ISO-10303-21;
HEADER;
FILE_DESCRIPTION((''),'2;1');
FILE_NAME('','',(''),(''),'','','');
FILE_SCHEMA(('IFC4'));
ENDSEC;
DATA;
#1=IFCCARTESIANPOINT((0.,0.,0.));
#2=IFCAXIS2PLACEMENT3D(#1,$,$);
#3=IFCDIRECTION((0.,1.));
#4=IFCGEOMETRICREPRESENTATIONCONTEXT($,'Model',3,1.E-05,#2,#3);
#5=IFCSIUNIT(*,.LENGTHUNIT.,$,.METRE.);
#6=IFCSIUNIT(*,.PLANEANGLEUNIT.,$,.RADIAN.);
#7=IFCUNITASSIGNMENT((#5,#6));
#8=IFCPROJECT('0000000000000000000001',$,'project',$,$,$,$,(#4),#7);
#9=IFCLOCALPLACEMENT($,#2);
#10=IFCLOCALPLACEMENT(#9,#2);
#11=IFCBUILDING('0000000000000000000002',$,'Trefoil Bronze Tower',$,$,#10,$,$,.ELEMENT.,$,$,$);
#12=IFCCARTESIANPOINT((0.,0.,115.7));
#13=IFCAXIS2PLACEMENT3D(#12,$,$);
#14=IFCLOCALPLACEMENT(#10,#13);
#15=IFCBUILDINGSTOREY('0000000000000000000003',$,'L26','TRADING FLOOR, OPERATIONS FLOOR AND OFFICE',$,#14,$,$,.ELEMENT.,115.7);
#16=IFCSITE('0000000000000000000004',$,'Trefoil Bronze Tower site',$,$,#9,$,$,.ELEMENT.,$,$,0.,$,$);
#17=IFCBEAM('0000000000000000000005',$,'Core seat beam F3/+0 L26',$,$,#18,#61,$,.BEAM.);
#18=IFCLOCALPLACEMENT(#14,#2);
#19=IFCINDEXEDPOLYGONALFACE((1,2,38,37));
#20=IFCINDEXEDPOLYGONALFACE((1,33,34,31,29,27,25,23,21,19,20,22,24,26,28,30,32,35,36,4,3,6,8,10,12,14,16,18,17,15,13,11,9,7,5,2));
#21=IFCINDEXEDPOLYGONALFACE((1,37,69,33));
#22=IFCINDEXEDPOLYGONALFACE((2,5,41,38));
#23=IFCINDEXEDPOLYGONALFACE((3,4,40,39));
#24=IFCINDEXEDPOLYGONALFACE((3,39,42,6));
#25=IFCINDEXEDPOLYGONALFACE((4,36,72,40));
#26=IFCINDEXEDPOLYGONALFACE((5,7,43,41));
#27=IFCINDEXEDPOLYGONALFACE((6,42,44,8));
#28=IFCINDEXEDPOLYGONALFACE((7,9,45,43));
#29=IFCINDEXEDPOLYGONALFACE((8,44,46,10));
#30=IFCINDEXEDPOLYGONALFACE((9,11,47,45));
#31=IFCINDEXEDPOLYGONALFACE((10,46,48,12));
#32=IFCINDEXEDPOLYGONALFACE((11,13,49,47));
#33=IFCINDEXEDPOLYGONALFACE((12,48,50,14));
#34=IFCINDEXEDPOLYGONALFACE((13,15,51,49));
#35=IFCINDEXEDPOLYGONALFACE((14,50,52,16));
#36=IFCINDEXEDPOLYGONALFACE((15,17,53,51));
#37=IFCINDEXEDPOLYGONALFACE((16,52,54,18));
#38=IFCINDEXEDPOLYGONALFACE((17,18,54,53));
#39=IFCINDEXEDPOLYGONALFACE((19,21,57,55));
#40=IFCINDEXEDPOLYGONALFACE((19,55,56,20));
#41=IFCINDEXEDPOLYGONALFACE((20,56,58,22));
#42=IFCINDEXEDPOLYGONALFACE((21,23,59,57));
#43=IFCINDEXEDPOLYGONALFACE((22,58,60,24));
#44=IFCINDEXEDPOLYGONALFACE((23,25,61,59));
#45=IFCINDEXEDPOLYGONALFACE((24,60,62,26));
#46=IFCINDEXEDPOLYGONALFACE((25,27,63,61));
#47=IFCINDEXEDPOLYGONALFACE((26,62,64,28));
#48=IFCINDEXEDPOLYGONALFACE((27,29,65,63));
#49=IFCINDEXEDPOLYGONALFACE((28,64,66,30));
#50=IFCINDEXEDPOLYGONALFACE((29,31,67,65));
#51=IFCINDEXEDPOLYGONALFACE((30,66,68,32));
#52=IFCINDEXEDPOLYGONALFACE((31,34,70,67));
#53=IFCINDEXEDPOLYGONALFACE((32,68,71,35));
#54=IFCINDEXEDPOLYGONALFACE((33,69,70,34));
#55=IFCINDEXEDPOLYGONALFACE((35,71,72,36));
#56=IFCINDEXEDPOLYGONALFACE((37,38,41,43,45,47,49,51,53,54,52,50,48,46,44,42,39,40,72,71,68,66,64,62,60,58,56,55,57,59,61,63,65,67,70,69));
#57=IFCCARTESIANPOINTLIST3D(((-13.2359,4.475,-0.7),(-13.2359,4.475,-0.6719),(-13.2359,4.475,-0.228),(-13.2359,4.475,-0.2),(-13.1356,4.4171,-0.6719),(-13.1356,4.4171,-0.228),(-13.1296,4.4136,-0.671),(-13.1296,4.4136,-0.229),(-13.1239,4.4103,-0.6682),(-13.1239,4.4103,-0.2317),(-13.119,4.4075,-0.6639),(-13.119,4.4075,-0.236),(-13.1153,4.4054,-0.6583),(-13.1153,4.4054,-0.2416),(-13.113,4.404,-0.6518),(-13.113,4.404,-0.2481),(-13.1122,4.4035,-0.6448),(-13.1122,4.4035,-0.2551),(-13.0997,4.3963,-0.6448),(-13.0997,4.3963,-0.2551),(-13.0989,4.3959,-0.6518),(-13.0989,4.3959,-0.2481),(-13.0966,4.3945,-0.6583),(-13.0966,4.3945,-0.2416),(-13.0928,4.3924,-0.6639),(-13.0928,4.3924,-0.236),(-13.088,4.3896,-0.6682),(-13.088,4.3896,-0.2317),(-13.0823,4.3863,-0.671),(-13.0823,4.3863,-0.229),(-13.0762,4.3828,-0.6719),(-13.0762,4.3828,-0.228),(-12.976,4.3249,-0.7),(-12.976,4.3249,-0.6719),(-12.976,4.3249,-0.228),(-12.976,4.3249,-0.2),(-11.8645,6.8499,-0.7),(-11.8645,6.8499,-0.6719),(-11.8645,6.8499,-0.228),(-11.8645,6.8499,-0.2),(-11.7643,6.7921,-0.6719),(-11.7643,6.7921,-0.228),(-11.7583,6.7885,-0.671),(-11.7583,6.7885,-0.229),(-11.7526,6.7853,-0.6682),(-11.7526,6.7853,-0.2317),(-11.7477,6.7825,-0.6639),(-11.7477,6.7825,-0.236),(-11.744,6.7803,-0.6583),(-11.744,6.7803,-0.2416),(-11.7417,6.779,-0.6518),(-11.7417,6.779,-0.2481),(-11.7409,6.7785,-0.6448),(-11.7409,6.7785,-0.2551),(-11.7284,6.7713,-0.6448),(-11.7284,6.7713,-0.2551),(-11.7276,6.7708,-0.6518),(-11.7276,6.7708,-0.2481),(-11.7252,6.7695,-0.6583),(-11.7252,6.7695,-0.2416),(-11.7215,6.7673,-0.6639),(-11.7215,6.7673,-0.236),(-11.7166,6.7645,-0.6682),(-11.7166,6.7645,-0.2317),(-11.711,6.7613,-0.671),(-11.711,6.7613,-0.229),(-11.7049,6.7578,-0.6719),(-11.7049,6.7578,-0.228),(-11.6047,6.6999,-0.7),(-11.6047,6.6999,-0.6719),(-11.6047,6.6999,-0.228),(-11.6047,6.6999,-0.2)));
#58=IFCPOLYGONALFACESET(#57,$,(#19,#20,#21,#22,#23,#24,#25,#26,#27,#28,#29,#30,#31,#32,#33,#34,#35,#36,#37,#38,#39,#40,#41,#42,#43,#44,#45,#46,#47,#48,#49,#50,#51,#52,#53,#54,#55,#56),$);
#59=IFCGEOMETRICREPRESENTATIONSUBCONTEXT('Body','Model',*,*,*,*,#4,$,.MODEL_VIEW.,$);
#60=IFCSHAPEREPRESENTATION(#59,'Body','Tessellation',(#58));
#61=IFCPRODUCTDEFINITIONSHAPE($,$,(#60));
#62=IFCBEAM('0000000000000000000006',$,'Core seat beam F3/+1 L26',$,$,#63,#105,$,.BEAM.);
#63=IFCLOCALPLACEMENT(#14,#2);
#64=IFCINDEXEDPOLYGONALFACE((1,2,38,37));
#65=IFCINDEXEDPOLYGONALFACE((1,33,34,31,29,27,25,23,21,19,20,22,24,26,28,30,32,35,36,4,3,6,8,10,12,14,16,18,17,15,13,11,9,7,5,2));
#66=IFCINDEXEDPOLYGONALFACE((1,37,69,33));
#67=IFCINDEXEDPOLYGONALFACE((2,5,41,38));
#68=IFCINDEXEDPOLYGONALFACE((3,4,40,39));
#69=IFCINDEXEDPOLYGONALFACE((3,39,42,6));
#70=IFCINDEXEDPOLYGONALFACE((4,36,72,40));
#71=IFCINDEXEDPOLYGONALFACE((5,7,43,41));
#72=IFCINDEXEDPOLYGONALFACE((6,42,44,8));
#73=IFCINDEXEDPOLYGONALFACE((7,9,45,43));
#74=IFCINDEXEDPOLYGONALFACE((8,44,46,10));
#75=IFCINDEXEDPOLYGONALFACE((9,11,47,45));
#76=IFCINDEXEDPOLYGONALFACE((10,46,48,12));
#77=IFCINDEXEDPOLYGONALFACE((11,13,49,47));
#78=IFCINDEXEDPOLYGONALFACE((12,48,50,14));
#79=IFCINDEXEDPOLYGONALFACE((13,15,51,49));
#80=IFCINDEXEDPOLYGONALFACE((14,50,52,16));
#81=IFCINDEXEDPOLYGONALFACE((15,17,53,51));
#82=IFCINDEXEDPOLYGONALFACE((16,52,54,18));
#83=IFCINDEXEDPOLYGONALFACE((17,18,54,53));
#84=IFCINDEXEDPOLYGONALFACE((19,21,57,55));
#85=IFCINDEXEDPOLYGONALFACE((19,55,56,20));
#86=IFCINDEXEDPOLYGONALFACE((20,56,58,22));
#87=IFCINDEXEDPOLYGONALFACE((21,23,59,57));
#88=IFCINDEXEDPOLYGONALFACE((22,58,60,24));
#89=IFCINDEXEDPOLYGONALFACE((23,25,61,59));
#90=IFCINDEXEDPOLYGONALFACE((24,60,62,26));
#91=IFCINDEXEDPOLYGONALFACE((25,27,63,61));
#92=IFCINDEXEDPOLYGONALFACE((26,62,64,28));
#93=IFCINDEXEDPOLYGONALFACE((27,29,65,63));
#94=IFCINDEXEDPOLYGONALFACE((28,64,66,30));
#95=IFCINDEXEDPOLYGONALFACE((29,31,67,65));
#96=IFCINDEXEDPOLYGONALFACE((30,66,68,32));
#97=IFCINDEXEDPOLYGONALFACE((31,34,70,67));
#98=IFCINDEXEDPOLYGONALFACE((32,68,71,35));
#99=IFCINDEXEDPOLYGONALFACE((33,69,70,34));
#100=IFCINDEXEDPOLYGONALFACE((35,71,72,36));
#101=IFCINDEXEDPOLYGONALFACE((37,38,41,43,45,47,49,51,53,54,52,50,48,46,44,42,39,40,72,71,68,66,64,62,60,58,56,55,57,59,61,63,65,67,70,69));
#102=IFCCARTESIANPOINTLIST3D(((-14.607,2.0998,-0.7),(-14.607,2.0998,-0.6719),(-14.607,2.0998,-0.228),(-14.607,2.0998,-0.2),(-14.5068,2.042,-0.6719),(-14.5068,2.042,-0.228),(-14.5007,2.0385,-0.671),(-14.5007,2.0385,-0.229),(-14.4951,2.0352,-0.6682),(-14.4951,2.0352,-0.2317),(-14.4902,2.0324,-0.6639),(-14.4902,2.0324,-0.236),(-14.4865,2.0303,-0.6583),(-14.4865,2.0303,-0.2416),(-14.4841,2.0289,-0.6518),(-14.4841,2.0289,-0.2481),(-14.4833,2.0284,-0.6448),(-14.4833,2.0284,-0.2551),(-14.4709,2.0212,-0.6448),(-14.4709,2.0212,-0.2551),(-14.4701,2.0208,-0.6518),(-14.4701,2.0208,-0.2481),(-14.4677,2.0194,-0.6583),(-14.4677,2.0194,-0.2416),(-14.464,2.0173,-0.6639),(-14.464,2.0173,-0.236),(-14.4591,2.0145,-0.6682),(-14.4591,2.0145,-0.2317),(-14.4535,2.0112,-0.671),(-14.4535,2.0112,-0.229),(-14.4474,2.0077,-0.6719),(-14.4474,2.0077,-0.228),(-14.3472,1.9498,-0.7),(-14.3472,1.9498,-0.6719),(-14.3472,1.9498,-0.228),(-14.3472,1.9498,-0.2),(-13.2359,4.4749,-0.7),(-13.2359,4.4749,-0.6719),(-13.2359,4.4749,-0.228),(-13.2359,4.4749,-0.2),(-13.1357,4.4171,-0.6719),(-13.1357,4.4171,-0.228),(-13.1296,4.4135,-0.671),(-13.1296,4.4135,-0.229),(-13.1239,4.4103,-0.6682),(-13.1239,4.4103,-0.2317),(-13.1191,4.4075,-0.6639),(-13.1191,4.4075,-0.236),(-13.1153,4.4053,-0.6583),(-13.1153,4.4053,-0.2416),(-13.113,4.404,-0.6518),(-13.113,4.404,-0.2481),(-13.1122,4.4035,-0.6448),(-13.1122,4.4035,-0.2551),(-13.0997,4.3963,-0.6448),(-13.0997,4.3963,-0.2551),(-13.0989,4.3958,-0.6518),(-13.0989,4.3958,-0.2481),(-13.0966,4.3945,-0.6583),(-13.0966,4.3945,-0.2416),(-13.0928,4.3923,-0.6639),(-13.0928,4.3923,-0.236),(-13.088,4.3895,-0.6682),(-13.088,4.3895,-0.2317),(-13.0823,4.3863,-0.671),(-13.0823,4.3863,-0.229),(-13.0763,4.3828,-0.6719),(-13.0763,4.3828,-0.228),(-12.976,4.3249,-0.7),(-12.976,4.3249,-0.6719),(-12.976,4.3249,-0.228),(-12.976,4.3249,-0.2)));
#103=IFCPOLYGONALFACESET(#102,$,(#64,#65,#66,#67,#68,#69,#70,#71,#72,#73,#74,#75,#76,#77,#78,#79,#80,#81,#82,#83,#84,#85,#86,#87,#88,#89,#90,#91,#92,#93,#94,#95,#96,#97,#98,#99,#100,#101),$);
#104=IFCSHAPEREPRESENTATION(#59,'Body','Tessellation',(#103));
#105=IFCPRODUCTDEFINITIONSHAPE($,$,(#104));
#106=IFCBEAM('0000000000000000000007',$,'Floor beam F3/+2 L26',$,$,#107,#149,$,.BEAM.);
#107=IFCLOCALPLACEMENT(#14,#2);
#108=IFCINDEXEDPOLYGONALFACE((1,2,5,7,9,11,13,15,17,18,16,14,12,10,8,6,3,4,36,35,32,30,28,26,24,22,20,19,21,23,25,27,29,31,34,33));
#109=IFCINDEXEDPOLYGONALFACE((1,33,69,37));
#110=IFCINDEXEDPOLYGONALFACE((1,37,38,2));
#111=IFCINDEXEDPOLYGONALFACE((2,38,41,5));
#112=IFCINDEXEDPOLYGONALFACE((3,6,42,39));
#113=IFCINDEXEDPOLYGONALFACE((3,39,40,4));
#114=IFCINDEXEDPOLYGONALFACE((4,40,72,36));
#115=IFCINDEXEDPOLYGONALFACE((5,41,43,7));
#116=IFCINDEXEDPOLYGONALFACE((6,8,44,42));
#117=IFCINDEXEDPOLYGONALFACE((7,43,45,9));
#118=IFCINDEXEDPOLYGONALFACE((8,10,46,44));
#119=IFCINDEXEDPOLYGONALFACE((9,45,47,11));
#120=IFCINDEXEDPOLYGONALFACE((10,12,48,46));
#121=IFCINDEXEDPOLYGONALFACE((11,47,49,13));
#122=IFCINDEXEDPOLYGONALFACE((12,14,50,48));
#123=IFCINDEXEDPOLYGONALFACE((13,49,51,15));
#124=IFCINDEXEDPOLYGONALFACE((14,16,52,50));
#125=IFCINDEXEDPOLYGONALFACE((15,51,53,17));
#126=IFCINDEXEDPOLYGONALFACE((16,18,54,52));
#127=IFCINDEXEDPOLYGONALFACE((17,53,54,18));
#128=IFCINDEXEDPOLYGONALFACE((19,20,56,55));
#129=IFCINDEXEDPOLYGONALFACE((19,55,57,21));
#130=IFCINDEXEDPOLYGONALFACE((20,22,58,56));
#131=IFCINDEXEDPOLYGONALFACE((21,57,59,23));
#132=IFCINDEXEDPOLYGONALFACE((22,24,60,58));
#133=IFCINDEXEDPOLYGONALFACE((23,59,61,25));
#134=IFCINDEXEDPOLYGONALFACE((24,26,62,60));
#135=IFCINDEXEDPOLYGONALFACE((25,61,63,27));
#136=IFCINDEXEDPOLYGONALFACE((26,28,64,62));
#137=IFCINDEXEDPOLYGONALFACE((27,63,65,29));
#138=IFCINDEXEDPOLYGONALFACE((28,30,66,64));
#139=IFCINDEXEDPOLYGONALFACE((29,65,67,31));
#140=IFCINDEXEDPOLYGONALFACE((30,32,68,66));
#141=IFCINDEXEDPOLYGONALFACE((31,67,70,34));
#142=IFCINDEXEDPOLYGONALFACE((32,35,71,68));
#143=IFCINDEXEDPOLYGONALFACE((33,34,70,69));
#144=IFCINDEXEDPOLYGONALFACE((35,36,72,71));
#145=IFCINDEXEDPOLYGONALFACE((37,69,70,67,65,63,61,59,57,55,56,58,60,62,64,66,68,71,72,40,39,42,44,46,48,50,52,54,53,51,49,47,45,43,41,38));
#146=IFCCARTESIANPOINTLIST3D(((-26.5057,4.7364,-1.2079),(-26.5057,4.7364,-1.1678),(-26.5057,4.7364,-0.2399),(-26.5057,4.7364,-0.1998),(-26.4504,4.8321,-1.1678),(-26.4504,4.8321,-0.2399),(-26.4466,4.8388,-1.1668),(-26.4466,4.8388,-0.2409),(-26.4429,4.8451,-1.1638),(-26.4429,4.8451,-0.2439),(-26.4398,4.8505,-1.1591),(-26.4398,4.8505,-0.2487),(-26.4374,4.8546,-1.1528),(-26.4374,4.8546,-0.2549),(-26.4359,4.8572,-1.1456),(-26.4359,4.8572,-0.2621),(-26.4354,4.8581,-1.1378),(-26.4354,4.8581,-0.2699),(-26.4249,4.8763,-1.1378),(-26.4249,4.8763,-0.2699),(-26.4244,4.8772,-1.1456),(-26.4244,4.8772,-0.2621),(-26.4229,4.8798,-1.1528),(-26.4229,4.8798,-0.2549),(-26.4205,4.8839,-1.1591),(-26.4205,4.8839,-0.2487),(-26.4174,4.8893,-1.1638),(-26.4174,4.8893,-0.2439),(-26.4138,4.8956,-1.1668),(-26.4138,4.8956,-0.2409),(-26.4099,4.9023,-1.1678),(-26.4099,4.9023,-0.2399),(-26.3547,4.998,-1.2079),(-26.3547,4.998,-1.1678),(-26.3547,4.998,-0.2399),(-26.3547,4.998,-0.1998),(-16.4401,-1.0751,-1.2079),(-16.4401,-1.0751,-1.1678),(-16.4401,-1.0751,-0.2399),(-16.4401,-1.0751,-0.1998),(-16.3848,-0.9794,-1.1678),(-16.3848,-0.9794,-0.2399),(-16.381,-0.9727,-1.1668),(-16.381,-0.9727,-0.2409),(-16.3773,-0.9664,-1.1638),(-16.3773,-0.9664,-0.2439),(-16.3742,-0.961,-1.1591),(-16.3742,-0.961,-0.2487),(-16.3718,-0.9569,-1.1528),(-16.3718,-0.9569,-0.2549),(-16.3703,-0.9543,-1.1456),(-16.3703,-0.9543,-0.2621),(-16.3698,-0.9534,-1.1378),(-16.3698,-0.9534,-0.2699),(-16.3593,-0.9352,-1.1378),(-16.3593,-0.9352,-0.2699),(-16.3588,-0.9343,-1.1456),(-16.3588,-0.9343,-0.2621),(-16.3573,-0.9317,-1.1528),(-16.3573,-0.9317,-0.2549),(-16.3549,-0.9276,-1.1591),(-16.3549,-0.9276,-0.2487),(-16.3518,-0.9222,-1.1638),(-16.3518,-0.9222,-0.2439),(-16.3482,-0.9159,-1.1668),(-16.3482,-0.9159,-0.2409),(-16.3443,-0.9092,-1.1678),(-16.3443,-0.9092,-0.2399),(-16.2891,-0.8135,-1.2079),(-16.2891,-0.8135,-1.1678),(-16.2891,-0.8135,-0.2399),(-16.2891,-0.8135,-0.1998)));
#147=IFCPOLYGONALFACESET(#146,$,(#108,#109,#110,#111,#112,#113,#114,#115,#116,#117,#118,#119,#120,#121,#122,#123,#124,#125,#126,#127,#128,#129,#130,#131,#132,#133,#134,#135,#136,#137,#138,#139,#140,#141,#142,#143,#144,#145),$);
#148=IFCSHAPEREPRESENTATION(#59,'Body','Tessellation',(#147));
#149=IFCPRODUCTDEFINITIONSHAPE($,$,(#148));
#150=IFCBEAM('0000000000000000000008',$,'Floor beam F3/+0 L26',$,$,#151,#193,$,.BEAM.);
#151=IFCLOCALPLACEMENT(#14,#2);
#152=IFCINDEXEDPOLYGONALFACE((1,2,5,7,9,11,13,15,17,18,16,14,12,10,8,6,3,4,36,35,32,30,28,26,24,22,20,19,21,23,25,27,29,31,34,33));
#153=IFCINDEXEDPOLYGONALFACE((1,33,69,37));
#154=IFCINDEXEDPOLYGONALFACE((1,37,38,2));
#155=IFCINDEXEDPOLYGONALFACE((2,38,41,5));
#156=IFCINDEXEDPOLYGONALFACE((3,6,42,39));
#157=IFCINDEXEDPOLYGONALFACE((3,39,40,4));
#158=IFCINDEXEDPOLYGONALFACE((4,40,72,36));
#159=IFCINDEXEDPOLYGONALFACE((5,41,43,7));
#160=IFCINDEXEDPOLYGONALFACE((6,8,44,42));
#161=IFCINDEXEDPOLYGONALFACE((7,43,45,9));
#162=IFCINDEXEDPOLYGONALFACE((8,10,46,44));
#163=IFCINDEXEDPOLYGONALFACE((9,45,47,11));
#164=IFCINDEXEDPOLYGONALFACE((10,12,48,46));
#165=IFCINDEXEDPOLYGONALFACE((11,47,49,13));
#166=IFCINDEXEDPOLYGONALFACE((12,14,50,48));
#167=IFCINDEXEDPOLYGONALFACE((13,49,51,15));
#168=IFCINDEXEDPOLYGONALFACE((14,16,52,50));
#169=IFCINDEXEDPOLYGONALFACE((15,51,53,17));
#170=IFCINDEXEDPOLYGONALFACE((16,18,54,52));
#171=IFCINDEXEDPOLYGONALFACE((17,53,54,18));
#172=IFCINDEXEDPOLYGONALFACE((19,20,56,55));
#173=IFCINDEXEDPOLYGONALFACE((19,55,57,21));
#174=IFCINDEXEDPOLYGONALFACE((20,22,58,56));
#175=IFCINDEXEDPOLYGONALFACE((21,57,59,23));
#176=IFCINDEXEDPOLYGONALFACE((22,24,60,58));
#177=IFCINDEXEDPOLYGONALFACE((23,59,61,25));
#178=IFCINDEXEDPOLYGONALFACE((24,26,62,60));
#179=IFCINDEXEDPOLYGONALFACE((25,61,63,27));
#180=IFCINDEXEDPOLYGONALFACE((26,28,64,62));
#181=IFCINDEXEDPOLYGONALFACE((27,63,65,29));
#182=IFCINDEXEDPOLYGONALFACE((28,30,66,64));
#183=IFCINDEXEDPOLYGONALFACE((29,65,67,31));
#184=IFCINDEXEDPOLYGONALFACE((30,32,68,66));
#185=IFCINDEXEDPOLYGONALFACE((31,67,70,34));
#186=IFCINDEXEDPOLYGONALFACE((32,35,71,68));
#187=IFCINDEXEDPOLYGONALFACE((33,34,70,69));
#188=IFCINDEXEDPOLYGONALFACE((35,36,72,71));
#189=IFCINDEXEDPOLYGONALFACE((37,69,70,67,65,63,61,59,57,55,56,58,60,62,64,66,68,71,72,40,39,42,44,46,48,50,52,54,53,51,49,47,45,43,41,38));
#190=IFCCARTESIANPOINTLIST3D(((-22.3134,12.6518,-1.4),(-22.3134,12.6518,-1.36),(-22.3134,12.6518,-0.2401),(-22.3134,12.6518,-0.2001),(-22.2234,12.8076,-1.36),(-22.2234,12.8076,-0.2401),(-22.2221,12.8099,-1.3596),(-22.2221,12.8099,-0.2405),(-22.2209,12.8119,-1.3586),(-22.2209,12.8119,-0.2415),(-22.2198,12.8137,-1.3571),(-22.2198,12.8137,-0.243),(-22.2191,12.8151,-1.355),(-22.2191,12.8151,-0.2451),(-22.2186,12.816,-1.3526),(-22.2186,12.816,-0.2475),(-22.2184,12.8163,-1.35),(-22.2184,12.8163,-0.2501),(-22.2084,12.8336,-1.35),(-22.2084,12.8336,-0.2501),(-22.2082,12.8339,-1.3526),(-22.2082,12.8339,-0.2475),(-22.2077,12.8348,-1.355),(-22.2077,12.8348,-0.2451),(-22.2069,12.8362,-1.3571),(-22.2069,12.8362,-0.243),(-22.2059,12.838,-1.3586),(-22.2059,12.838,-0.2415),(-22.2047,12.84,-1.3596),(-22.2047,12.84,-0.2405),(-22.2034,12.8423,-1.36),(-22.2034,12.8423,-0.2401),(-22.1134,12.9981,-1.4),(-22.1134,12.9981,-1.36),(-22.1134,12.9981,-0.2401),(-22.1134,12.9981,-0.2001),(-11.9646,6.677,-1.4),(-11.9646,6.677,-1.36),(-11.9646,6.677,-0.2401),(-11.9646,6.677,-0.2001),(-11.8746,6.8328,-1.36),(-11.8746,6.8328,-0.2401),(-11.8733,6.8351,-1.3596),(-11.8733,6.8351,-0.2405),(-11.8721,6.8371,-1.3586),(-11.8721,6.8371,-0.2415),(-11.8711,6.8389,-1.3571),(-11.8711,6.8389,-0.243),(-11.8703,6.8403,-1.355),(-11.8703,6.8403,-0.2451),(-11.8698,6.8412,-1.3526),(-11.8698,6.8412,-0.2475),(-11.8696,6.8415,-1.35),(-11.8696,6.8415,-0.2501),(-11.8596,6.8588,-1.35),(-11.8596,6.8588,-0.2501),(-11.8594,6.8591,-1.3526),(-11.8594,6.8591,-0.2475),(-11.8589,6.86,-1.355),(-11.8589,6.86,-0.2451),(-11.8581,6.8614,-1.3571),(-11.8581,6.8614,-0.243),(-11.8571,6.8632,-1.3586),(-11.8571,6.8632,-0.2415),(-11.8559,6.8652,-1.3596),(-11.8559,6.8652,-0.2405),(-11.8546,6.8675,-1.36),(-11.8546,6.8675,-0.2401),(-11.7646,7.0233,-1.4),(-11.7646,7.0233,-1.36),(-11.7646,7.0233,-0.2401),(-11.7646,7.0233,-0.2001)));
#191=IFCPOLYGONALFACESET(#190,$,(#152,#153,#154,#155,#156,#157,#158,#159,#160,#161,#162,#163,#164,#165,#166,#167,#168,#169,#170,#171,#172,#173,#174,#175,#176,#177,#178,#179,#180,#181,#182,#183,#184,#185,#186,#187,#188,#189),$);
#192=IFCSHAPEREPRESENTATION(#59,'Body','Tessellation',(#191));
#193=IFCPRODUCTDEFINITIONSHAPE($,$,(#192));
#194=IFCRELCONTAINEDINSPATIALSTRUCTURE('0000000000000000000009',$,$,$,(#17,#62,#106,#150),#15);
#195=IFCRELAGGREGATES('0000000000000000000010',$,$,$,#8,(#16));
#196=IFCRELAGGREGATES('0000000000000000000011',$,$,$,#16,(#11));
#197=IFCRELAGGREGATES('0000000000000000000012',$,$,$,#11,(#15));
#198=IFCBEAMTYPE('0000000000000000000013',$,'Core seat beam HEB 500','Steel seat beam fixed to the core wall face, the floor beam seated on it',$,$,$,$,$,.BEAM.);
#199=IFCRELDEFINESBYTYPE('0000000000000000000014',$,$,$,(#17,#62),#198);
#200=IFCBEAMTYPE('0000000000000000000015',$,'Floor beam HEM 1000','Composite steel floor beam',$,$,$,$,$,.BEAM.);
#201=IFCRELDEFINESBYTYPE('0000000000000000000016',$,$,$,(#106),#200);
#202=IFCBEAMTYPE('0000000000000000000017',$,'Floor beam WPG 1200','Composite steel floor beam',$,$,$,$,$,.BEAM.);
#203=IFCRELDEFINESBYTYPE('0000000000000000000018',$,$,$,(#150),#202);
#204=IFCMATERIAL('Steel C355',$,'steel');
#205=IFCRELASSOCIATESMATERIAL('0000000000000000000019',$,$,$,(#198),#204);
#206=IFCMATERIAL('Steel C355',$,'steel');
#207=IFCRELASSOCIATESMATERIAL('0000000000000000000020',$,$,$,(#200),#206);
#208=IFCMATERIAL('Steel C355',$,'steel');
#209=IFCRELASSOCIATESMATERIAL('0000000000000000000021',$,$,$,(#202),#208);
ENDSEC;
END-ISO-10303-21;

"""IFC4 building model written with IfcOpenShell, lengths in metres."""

from ifc_helpers import new_model, si_unit, direction, frame, origin, origin_2d, place, context, subcontext, project, spatial, i_section, extrude, material, material_profile, profile_set, type_object, element, save


model = new_model("IFC4")

# Units and contexts
model_context = context("Model", 3, precision=1e-05, world=origin(), true_north=direction((0.0, 1.0)))
body_context = subcontext(model_context, "Body", "Model", "MODEL_VIEW")
ifc_project = project(units=[si_unit("LENGTHUNIT", "METRE"), si_unit("PLANEANGLEUNIT", "RADIAN")], contexts=[model_context])

# Site, building, storey
site_placement = place(None, origin())
site = spatial("IfcSite", under=ifc_project, at=site_placement, Name="Trefoil Bronze Tower site", CompositionType="ELEMENT", RefElevation=0.0)
building_placement = place(site_placement, origin())
building = spatial("IfcBuilding", under=site, at=building_placement, Name="Trefoil Bronze Tower", CompositionType="ELEMENT")
storey_placement = place(building_placement, frame((0.0, 0.0, 115.7)))
storey = spatial("IfcBuildingStorey", under=building, at=storey_placement, Name="L26", Description="TRADING FLOOR, OPERATIONS FLOOR AND OFFICE", CompositionType="ELEMENT", Elevation=115.7)

# Beams
ifc_material_1 = material(Name="Steel C355", Category="steel")
ifc_material_profile_1 = material_profile(ifc_material_1, i_section(OverallWidth=0.3, OverallDepth=0.5, WebThickness=0.0144, FlangeThickness=0.0281, FilletRadius=0.0271, at=origin_2d()), Name="HEB 500")
ifc_profile_set_1 = profile_set([ifc_material_profile_1], Name="Steel C355")
beam_type_1 = type_object("IfcBeamType", Name="Core seat beam HEB 500", Description="Steel seat beam fixed to the core wall face, the floor beam seated on it", PredefinedType="BEAM", material=ifc_profile_set_1)
for number, where, z_axis, x_axis, name in (
    (1, (-11.7346, 6.7749, -0.45), (-0.500036, -0.866005, 0.0), (0.866005, -0.500036, 0.0), "Core seat beam F3/+0 L26"),
    (2, (-13.106, 4.3999, -0.45), (-0.499969, -0.866043, 0.0), (0.866043, -0.499969, 0.0), "Core seat beam F3/+1 L26"),
):
    element("IfcBeam", number, at=place(storey_placement, frame(where, z_axis=z_axis, x_axis=x_axis)), inside=storey, type_object=beam_type_1, Name=name, PredefinedType="BEAM", context=body_context, shape_type="SweptSolid", body=[
        extrude(i_section(OverallWidth=0.3, OverallDepth=0.5, WebThickness=0.0144, FlangeThickness=0.0281, FilletRadius=0.0271, at=origin_2d()), origin(), (0.0, 0.0, 1.0), 2.7424),
    ])
ifc_material_2 = material(Name="Steel C355", Category="steel")
ifc_material_profile_2 = material_profile(ifc_material_2, i_section(OverallWidth=0.302, OverallDepth=1.0081, WebThickness=0.021, FlangeThickness=0.04, FilletRadius=0.03, at=origin_2d()), Name="HEM 1000")
ifc_profile_set_2 = profile_set([ifc_material_profile_2], Name="Steel C355")
beam_type_2 = type_object("IfcBeamType", Name="Floor beam HEM 1000", Description="Composite steel floor beam", PredefinedType="BEAM", material=ifc_profile_set_2)
beam_1_placement = place(storey_placement, frame((-26.4302, 4.8672, -0.7039), z_axis=(0.866022, -0.500007, 0.0), x_axis=(0.500007, 0.866022, 0.0)))
element("IfcBeam", 3, at=beam_1_placement, inside=storey, type_object=beam_type_2, Name="Floor beam F3/+2 L26", PredefinedType="BEAM", context=body_context, shape_type="SweptSolid", body=[
    extrude(i_section(OverallWidth=0.302, OverallDepth=1.0081, WebThickness=0.021, FlangeThickness=0.04, FilletRadius=0.03, at=origin_2d()), origin(), (0.0, 0.0, 1.0), 11.6228),
])
ifc_material_3 = material(Name="Steel C355", Category="steel")
ifc_material_profile_3 = material_profile(ifc_material_3, i_section(OverallWidth=0.3999, OverallDepth=1.2, WebThickness=0.02, FlangeThickness=0.04, FilletRadius=0.01, at=origin_2d()), Name="WPG 1200")
ifc_profile_set_3 = profile_set([ifc_material_profile_3], Name="Steel C355")
beam_type_3 = type_object("IfcBeamType", Name="Floor beam WPG 1200", Description="Composite steel floor beam", PredefinedType="BEAM", material=ifc_profile_set_3)
beam_2_placement = place(storey_placement, frame((-22.2134, 12.825, -0.8), z_axis=(0.866028, -0.499995, 0.0), x_axis=(0.499995, 0.866028, 0.0)))
element("IfcBeam", 4, at=beam_2_placement, inside=storey, type_object=beam_type_3, Name="Floor beam F3/+0 L26", PredefinedType="BEAM", context=body_context, shape_type="SweptSolid", body=[
    extrude(i_section(OverallWidth=0.3999, OverallDepth=1.2, WebThickness=0.02, FlangeThickness=0.04, FilletRadius=0.01, at=origin_2d()), origin(), (0.0, 0.0, 1.0), 11.9497),
])

save(model, "model.ifc")
